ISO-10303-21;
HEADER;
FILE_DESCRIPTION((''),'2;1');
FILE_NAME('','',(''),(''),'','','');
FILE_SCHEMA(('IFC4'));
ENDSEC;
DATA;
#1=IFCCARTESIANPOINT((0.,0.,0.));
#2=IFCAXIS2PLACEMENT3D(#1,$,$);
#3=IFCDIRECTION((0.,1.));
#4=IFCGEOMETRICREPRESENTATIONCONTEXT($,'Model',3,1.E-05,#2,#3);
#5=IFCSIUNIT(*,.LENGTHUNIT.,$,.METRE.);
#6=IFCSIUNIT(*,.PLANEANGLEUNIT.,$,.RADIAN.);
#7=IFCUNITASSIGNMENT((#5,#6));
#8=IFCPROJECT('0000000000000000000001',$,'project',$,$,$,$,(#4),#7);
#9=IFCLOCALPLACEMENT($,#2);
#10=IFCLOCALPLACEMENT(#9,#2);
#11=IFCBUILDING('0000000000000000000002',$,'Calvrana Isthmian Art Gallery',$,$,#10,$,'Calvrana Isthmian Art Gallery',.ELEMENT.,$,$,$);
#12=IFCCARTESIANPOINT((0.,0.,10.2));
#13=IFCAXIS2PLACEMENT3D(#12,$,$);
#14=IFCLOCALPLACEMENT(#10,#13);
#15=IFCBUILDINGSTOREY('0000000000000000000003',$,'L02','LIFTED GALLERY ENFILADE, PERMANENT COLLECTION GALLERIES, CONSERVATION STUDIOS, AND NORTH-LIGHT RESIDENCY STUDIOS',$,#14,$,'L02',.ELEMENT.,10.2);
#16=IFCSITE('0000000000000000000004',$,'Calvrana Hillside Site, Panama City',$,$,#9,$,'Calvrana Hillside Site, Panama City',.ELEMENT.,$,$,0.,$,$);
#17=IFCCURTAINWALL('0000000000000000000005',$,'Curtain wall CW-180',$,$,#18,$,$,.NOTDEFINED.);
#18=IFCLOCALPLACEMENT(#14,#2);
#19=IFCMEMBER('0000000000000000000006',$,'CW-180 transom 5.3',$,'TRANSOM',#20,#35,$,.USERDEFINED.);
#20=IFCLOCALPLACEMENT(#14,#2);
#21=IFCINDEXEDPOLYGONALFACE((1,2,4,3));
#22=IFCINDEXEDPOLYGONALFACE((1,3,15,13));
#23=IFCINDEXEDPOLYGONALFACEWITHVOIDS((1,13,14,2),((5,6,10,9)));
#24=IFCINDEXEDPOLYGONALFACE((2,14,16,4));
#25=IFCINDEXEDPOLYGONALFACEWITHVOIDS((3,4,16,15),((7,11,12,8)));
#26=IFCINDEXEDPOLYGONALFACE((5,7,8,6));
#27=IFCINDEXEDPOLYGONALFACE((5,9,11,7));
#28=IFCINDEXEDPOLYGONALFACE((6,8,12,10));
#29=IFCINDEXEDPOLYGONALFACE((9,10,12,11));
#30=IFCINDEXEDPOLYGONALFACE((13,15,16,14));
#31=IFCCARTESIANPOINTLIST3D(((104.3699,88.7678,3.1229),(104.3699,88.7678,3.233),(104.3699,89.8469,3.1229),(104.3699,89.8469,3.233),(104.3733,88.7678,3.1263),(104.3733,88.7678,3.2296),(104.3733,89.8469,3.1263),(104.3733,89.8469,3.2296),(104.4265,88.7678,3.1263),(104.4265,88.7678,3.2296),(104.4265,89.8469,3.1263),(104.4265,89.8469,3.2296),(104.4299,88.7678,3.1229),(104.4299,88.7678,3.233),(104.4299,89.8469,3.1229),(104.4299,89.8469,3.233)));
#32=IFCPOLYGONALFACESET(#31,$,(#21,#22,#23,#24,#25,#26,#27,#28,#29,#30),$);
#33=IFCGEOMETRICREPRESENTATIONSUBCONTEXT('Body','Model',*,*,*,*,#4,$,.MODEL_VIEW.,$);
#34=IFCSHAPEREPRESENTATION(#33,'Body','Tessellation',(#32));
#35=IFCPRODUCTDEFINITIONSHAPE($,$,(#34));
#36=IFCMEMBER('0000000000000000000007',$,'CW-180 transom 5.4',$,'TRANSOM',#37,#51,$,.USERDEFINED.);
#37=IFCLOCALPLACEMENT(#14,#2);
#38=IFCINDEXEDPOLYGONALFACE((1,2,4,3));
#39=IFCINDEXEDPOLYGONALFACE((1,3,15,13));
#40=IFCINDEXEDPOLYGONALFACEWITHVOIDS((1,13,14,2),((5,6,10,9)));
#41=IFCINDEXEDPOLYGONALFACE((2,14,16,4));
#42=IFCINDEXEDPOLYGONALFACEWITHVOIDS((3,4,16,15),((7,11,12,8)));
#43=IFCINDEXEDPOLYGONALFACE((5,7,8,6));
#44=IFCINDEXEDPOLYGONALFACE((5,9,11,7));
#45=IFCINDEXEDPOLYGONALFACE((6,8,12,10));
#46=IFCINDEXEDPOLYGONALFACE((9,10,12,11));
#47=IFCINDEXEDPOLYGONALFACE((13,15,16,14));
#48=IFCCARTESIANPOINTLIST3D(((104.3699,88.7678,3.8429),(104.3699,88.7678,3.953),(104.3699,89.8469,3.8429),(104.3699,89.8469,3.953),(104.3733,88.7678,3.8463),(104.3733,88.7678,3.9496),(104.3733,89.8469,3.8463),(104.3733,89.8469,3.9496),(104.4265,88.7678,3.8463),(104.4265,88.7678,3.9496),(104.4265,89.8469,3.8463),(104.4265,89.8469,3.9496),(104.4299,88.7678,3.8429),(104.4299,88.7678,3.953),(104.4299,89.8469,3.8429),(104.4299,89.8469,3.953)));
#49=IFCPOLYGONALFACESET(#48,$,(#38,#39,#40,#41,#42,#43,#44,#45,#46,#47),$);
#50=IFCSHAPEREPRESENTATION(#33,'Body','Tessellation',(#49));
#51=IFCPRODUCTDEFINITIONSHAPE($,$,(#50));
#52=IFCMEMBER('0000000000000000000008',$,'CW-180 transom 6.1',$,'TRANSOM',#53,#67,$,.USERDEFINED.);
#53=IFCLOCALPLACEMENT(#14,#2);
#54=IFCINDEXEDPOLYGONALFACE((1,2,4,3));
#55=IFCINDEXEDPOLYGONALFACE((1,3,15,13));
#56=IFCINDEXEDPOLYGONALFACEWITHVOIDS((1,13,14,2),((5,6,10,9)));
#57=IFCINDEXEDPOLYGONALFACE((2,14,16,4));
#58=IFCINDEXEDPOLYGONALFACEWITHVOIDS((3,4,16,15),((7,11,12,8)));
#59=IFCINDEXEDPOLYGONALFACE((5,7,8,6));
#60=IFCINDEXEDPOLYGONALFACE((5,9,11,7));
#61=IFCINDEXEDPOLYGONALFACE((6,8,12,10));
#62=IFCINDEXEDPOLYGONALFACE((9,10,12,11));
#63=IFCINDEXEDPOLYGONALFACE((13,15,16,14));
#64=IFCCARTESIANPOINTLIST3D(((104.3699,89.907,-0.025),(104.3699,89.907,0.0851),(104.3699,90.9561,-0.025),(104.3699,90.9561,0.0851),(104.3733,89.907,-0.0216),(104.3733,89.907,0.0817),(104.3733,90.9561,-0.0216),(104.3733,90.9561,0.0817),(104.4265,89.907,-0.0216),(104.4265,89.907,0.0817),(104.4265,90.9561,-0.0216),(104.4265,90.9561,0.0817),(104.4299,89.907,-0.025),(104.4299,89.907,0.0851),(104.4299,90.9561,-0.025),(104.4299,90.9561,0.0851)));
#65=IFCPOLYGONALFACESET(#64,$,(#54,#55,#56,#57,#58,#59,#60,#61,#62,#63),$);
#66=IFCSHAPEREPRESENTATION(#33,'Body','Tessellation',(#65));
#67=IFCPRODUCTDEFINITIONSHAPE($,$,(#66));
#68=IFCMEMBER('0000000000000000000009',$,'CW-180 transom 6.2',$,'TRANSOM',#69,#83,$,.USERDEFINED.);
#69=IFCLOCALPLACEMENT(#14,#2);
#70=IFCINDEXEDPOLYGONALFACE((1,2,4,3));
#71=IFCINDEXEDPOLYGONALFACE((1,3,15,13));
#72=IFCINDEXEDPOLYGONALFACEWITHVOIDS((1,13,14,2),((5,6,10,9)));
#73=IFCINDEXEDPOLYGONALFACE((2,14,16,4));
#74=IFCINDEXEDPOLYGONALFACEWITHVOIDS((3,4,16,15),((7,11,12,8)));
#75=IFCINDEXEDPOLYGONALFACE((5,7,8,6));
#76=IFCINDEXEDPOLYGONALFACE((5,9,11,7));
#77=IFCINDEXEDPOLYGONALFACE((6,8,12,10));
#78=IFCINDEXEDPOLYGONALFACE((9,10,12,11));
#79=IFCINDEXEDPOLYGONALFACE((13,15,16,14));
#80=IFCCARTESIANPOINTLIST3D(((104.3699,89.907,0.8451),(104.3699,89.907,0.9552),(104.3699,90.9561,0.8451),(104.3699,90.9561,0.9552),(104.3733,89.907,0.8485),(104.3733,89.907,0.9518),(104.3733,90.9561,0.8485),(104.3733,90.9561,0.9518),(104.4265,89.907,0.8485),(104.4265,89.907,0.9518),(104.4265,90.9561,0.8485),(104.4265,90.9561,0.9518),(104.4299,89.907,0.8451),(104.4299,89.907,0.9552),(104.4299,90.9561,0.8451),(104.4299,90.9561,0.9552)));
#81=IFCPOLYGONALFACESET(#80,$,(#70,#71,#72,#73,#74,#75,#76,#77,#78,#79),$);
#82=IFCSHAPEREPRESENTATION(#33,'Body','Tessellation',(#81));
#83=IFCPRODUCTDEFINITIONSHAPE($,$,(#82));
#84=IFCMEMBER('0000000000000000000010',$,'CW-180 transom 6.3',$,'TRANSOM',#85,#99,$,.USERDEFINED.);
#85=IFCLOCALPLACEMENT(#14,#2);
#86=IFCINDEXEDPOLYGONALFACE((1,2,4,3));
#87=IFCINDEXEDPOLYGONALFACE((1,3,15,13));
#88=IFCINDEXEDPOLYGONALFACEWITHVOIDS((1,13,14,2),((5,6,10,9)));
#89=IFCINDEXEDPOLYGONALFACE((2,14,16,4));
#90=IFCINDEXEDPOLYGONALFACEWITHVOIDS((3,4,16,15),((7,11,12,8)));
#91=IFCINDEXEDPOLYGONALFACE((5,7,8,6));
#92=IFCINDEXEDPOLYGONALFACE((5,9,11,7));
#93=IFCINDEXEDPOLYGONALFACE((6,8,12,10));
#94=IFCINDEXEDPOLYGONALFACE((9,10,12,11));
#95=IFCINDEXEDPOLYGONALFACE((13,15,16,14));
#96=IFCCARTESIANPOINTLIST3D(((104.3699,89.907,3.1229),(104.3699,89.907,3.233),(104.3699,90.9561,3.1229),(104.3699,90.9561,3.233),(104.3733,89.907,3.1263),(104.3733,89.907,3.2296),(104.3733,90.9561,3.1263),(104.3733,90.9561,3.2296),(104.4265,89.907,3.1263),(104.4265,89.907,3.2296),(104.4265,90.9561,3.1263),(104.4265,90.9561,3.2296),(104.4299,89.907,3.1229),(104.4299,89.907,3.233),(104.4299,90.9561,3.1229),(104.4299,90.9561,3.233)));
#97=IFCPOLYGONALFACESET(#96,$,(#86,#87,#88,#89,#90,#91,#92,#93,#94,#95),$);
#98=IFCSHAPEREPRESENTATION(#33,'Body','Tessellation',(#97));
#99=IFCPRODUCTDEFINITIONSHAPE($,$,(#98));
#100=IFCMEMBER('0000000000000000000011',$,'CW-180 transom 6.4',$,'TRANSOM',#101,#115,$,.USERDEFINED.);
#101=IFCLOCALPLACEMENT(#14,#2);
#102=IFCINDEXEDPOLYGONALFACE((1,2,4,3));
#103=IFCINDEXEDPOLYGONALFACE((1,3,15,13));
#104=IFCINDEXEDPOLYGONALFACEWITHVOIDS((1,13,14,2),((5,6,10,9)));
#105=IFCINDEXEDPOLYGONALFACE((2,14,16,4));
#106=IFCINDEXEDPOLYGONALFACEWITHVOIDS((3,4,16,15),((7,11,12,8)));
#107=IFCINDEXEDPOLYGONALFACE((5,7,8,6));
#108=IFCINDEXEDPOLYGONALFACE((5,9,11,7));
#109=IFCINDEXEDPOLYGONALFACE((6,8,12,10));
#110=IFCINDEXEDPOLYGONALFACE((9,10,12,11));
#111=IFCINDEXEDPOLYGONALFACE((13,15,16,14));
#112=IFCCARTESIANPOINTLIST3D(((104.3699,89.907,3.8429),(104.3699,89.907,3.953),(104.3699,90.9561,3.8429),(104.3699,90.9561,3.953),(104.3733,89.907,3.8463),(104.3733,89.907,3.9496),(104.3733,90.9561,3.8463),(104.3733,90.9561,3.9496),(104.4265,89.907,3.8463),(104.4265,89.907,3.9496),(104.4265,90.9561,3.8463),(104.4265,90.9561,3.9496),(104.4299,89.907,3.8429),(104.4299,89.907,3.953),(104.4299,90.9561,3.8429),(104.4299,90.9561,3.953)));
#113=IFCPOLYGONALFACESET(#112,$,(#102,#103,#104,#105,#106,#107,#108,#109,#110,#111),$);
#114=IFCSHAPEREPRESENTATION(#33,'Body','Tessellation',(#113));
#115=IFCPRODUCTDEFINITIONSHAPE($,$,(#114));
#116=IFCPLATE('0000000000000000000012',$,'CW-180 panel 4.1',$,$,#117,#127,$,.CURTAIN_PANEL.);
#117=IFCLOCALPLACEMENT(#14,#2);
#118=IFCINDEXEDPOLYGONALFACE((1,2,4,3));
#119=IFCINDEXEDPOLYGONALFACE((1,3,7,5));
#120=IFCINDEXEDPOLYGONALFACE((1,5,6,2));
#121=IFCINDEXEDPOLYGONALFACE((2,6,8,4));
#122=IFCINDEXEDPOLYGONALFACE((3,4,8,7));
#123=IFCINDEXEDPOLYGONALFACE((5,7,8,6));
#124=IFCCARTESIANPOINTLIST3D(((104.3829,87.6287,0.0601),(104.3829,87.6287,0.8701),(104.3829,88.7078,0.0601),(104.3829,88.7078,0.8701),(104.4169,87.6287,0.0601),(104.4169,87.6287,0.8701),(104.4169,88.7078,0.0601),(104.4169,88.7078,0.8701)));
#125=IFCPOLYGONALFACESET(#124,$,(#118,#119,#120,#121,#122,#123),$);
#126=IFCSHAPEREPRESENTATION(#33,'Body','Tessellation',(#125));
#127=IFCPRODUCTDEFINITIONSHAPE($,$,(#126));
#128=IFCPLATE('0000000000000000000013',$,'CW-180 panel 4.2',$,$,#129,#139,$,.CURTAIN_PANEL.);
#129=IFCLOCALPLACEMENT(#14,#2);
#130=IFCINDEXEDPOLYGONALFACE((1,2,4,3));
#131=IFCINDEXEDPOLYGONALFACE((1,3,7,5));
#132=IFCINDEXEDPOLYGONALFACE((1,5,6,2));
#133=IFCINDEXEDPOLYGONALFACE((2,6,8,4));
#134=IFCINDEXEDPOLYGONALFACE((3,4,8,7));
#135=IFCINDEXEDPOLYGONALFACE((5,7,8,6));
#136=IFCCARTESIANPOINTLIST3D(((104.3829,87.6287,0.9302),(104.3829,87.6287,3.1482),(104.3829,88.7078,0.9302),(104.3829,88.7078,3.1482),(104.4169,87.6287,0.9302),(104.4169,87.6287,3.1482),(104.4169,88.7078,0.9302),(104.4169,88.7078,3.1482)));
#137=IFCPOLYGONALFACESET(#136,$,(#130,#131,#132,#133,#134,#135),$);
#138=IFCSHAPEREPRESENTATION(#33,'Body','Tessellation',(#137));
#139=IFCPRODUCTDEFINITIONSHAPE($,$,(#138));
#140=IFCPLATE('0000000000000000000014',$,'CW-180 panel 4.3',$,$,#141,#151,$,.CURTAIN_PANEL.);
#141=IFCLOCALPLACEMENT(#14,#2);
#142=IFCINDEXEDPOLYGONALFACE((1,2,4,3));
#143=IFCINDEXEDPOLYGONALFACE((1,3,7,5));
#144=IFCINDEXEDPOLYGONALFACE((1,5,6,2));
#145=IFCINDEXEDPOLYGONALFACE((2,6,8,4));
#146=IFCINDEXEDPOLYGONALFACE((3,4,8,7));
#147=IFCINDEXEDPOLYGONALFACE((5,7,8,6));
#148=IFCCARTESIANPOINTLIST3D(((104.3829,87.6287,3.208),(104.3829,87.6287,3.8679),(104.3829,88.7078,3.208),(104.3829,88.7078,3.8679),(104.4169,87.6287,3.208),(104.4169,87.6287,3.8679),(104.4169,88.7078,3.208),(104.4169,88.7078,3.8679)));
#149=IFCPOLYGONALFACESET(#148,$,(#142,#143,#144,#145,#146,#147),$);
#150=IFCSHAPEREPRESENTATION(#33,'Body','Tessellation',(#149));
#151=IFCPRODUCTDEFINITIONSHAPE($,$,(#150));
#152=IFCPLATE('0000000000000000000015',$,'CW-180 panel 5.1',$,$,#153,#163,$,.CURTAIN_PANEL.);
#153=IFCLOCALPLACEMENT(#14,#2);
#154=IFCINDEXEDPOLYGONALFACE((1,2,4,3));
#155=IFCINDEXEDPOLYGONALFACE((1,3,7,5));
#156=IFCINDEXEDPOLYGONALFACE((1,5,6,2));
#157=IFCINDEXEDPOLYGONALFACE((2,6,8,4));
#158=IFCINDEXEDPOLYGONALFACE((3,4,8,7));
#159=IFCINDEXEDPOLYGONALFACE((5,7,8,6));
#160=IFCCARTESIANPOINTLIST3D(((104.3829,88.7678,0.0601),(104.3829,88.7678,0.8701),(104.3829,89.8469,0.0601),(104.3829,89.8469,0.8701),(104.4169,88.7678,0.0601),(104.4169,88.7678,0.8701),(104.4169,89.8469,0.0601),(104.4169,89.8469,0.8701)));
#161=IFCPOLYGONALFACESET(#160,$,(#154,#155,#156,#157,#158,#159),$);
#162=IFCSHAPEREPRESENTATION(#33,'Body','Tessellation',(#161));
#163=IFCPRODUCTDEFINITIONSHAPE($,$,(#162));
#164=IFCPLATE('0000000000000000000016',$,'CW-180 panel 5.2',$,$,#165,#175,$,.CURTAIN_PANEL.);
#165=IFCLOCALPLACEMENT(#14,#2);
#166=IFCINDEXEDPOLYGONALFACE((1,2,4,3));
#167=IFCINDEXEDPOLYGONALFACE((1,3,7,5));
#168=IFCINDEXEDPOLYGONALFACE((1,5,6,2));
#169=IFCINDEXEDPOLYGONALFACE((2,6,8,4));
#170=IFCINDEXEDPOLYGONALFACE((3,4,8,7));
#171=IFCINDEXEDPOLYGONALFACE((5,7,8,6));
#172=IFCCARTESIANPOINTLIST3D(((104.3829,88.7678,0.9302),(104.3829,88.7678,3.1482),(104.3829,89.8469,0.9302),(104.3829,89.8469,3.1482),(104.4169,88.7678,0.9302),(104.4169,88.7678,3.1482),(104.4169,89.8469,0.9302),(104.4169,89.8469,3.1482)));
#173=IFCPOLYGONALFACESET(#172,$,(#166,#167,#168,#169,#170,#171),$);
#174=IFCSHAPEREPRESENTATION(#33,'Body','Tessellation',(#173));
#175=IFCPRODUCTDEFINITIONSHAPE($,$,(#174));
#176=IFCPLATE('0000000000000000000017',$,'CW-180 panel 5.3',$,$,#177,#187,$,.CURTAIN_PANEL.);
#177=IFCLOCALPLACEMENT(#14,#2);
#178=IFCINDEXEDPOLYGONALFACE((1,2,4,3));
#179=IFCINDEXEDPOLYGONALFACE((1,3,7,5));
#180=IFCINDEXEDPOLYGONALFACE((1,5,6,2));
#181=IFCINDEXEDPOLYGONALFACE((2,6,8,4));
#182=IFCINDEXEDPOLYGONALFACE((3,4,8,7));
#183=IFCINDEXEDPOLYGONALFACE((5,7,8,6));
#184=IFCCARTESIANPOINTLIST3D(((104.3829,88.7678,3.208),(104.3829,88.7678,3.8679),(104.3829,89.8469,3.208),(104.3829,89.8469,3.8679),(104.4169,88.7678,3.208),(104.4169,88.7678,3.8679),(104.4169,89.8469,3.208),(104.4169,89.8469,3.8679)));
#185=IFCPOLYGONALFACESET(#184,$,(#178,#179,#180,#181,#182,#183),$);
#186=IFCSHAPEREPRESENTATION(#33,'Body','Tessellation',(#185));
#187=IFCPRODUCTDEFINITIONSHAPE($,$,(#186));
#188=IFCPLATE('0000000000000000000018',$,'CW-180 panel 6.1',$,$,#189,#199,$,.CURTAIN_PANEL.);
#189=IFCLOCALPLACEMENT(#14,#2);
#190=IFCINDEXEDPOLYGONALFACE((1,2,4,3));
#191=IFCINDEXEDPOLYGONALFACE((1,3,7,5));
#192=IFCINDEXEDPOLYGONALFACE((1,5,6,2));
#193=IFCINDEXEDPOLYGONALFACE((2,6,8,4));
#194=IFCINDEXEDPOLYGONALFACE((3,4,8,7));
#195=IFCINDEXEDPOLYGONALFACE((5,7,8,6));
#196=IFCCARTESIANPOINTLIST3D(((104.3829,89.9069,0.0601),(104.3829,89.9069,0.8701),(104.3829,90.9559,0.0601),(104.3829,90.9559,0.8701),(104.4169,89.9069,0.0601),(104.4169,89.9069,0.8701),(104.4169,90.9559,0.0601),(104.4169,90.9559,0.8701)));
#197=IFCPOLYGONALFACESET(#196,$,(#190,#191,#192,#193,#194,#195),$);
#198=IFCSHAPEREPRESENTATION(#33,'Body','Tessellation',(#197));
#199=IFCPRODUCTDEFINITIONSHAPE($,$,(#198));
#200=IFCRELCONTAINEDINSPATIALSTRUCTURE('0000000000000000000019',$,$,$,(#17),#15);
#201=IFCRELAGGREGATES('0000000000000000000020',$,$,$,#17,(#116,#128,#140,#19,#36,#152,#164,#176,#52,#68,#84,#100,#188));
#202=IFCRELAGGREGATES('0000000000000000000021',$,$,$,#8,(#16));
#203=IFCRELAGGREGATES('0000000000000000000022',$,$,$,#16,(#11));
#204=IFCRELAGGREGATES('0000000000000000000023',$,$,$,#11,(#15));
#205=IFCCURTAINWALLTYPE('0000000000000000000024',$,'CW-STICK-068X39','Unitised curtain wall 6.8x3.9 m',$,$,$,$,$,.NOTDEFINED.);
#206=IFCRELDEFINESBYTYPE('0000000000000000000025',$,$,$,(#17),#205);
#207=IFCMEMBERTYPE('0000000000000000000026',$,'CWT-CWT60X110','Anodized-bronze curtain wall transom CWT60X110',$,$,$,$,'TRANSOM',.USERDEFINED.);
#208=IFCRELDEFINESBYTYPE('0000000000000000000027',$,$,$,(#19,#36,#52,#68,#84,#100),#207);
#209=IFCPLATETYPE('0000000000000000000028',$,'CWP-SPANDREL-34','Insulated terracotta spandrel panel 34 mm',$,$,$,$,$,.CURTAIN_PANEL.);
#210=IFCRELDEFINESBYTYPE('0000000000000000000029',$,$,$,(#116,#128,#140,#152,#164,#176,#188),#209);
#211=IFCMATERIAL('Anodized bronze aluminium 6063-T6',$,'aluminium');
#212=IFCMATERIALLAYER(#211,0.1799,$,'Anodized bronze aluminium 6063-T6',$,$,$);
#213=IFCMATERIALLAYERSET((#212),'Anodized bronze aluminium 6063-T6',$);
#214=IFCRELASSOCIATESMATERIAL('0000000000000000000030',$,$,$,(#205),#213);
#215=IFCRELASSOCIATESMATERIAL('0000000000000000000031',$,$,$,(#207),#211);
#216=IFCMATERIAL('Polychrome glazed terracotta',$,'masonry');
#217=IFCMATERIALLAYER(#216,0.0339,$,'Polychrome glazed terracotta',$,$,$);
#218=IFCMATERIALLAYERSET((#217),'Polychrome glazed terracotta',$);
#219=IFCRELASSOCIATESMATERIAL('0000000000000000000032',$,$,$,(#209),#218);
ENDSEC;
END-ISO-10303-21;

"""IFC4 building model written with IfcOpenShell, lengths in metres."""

from ifc_helpers import new_model, si_unit, direction, frame, origin, origin_2d, place, context, subcontext, project, spatial, rectangle, hollow_rectangle, extrude, material, layer, layer_set, material_profile, profile_set, type_object, element, aggregate, save


model = new_model("IFC4")

# Units and contexts
model_context = context("Model", 3, precision=1e-05, world=origin(), true_north=direction((0.0, 1.0)))
body_context = subcontext(model_context, "Body", "Model", "MODEL_VIEW")
ifc_project = project(units=[si_unit("LENGTHUNIT", "METRE"), si_unit("PLANEANGLEUNIT", "RADIAN")], contexts=[model_context])

# Site, building, storey
site_placement = place(None, origin())
site = spatial("IfcSite", under=ifc_project, at=site_placement, Name="Calvrana Hillside Site, Panama City", LongName="Calvrana Hillside Site, Panama City", CompositionType="ELEMENT", RefElevation=0.0)
building_placement = place(site_placement, origin())
building = spatial("IfcBuilding", under=site, at=building_placement, Name="Calvrana Isthmian Art Gallery", LongName="Calvrana Isthmian Art Gallery", CompositionType="ELEMENT")
storey_placement = place(building_placement, frame((0.0, 0.0, 10.2)))
storey = spatial("IfcBuildingStorey", under=building, at=storey_placement, Name="L02", Description="LIFTED GALLERY ENFILADE, PERMANENT COLLECTION GALLERIES, CONSERVATION STUDIOS, AND NORTH-LIGHT RESIDENCY STUDIOS", LongName="L02", CompositionType="ELEMENT", Elevation=10.2)

# Curtain wall, members, plates
ifc_material_1 = material(Name="Anodized bronze aluminium 6063-T6", Category="aluminium")
ifc_layer_1 = layer(ifc_material_1, 0.1799, Name="Anodized bronze aluminium 6063-T6")
ifc_layer_set_1 = layer_set([ifc_layer_1], Name="Anodized bronze aluminium 6063-T6")
curtain_wall_type = type_object("IfcCurtainWallType", Name="CW-STICK-068X39", Description="Unitised curtain wall 6.8x3.9 m", PredefinedType="NOTDEFINED", material=ifc_layer_set_1)
curtain_wall_placement = place(storey_placement, origin())
curtain_wall = element("IfcCurtainWall", 1, at=curtain_wall_placement, inside=storey, type_object=curtain_wall_type, Name="Curtain wall CW-180", PredefinedType="NOTDEFINED")
ifc_material_profile_1 = material_profile(ifc_material_1, hollow_rectangle(XDim=0.0601, YDim=0.1101, WallThickness=0.0034, at=origin_2d()), Name="CWT60X110")
ifc_profile_set_1 = profile_set([ifc_material_profile_1], Name="Anodized bronze aluminium 6063-T6")
member_type_1 = type_object("IfcMemberType", Name="CWT-CWT60X110", Description="Anodized-bronze curtain wall transom CWT60X110", ElementType="TRANSOM", PredefinedType="USERDEFINED", material=ifc_profile_set_1)
member_1_placement = place(storey_placement, frame((104.3999, 88.7678, 3.178), z_axis=(0.0, 1.0, 0.0), x_axis=(-1.0, 0.0, 0.0)))
member_1 = element("IfcMember", 2, at=member_1_placement, type_object=member_type_1, Name="CW-180 transom 5.3", ObjectType="TRANSOM", PredefinedType="USERDEFINED", context=body_context, shape_type="SweptSolid", body=[
    extrude(hollow_rectangle(XDim=0.0601, YDim=0.1101, WallThickness=0.0034, at=origin_2d()), origin(), (0.0, 0.0, 1.0), 1.0791),
])
member_2_placement = place(storey_placement, frame((104.3999, 88.7678, 3.8979), z_axis=(0.0, 1.0, 0.0), x_axis=(-1.0, 0.0, 0.0)))
member_2 = element("IfcMember", 3, at=member_2_placement, type_object=member_type_1, Name="CW-180 transom 5.4", ObjectType="TRANSOM", PredefinedType="USERDEFINED", context=body_context, shape_type="SweptSolid", body=[
    extrude(hollow_rectangle(XDim=0.0601, YDim=0.1101, WallThickness=0.0034, at=origin_2d()), origin(), (0.0, 0.0, 1.0), 1.0791),
])
member_3_placement = place(storey_placement, frame((104.3999, 89.907, 0.03), z_axis=(0.0, 1.0, 0.0), x_axis=(-1.0, 0.0, 0.0)))
member_3 = element("IfcMember", 4, at=member_3_placement, type_object=member_type_1, Name="CW-180 transom 6.1", ObjectType="TRANSOM", PredefinedType="USERDEFINED", context=body_context, shape_type="SweptSolid", body=[
    extrude(hollow_rectangle(XDim=0.0601, YDim=0.1101, WallThickness=0.0034, at=origin_2d()), origin(), (0.0, 0.0, 1.0), 1.0491),
])
member_4_placement = place(storey_placement, frame((104.3999, 89.907, 0.9001), z_axis=(0.0, 1.0, 0.0), x_axis=(-1.0, 0.0, 0.0)))
member_4 = element("IfcMember", 5, at=member_4_placement, type_object=member_type_1, Name="CW-180 transom 6.2", ObjectType="TRANSOM", PredefinedType="USERDEFINED", context=body_context, shape_type="SweptSolid", body=[
    extrude(hollow_rectangle(XDim=0.0601, YDim=0.1101, WallThickness=0.0034, at=origin_2d()), origin(), (0.0, 0.0, 1.0), 1.0491),
])
member_5_placement = place(storey_placement, frame((104.3999, 89.907, 3.178), z_axis=(0.0, 1.0, 0.0), x_axis=(-1.0, 0.0, 0.0)))
member_5 = element("IfcMember", 6, at=member_5_placement, type_object=member_type_1, Name="CW-180 transom 6.3", ObjectType="TRANSOM", PredefinedType="USERDEFINED", context=body_context, shape_type="SweptSolid", body=[
    extrude(hollow_rectangle(XDim=0.0601, YDim=0.1101, WallThickness=0.0034, at=origin_2d()), origin(), (0.0, 0.0, 1.0), 1.0491),
])
member_6_placement = place(storey_placement, frame((104.3999, 89.907, 3.8979), z_axis=(0.0, 1.0, 0.0), x_axis=(-1.0, 0.0, 0.0)))
member_6 = element("IfcMember", 7, at=member_6_placement, type_object=member_type_1, Name="CW-180 transom 6.4", ObjectType="TRANSOM", PredefinedType="USERDEFINED", context=body_context, shape_type="SweptSolid", body=[
    extrude(hollow_rectangle(XDim=0.0601, YDim=0.1101, WallThickness=0.0034, at=origin_2d()), origin(), (0.0, 0.0, 1.0), 1.0491),
])
ifc_material_2 = material(Name="Polychrome glazed terracotta", Category="masonry")
ifc_layer_2 = layer(ifc_material_2, 0.0339, Name="Polychrome glazed terracotta")
ifc_layer_set_2 = layer_set([ifc_layer_2], Name="Polychrome glazed terracotta")
plate_type = type_object("IfcPlateType", Name="CWP-SPANDREL-34", Description="Insulated terracotta spandrel panel 34 mm", PredefinedType="CURTAIN_PANEL", material=ifc_layer_set_2)
plate_1_placement = place(storey_placement, frame((104.3999, 88.1682, 0.0601), z_axis=(0.0, 0.0, 1.0), x_axis=(0.0, 1.0, 0.0)))
plate_1 = element("IfcPlate", 8, at=plate_1_placement, type_object=plate_type, Name="CW-180 panel 4.1", PredefinedType="CURTAIN_PANEL", context=body_context, shape_type="SweptSolid", body=[
    extrude(rectangle(XDim=1.0791, YDim=0.0339, at=origin_2d()), origin(), (0.0, 0.0, 1.0), 0.8101),
])
plate_2_placement = place(storey_placement, frame((104.3999, 88.1682, 0.9302), z_axis=(0.0, 0.0, 1.0), x_axis=(0.0, 1.0, 0.0)))
plate_2 = element("IfcPlate", 9, at=plate_2_placement, type_object=plate_type, Name="CW-180 panel 4.2", PredefinedType="CURTAIN_PANEL", context=body_context, shape_type="SweptSolid", body=[
    extrude(rectangle(XDim=1.0791, YDim=0.0339, at=origin_2d()), origin(), (0.0, 0.0, 1.0), 2.218),
])
plate_3_placement = place(storey_placement, frame((104.3999, 88.1682, 3.208), z_axis=(0.0, 0.0, 1.0), x_axis=(0.0, 1.0, 0.0)))
plate_3 = element("IfcPlate", 10, at=plate_3_placement, type_object=plate_type, Name="CW-180 panel 4.3", PredefinedType="CURTAIN_PANEL", context=body_context, shape_type="SweptSolid", body=[
    extrude(rectangle(XDim=1.0791, YDim=0.0339, at=origin_2d()), origin(), (0.0, 0.0, 1.0), 0.6599),
])
plate_4_placement = place(storey_placement, frame((104.3999, 89.3074, 0.0601), z_axis=(0.0, 0.0, 1.0), x_axis=(0.0, 1.0, 0.0)))
plate_4 = element("IfcPlate", 11, at=plate_4_placement, type_object=plate_type, Name="CW-180 panel 5.1", PredefinedType="CURTAIN_PANEL", context=body_context, shape_type="SweptSolid", body=[
    extrude(rectangle(XDim=1.0791, YDim=0.0339, at=origin_2d()), origin(), (0.0, 0.0, 1.0), 0.8101),
])
plate_5_placement = place(storey_placement, frame((104.3999, 89.3074, 0.9302), z_axis=(0.0, 0.0, 1.0), x_axis=(0.0, 1.0, 0.0)))
plate_5 = element("IfcPlate", 12, at=plate_5_placement, type_object=plate_type, Name="CW-180 panel 5.2", PredefinedType="CURTAIN_PANEL", context=body_context, shape_type="SweptSolid", body=[
    extrude(rectangle(XDim=1.0791, YDim=0.0339, at=origin_2d()), origin(), (0.0, 0.0, 1.0), 2.218),
])
plate_6_placement = place(storey_placement, frame((104.3999, 89.3074, 3.208), z_axis=(0.0, 0.0, 1.0), x_axis=(0.0, 1.0, 0.0)))
plate_6 = element("IfcPlate", 13, at=plate_6_placement, type_object=plate_type, Name="CW-180 panel 5.3", PredefinedType="CURTAIN_PANEL", context=body_context, shape_type="SweptSolid", body=[
    extrude(rectangle(XDim=1.0791, YDim=0.0339, at=origin_2d()), origin(), (0.0, 0.0, 1.0), 0.6599),
])
plate_7_placement = place(storey_placement, frame((104.3999, 90.4314, 0.0601), z_axis=(0.0, 0.0, 1.0), x_axis=(0.0, 1.0, 0.0)))
plate_7 = element("IfcPlate", 14, at=plate_7_placement, type_object=plate_type, Name="CW-180 panel 6.1", PredefinedType="CURTAIN_PANEL", context=body_context, shape_type="SweptSolid", body=[
    extrude(rectangle(XDim=1.0491, YDim=0.0339, at=origin_2d()), origin(), (0.0, 0.0, 1.0), 0.8101),
])
aggregate(curtain_wall, [plate_1, plate_2, plate_3, member_1, member_2, plate_4, plate_5, plate_6, member_3, member_4, member_5, member_6, plate_7])

save(model, "model.ifc")
